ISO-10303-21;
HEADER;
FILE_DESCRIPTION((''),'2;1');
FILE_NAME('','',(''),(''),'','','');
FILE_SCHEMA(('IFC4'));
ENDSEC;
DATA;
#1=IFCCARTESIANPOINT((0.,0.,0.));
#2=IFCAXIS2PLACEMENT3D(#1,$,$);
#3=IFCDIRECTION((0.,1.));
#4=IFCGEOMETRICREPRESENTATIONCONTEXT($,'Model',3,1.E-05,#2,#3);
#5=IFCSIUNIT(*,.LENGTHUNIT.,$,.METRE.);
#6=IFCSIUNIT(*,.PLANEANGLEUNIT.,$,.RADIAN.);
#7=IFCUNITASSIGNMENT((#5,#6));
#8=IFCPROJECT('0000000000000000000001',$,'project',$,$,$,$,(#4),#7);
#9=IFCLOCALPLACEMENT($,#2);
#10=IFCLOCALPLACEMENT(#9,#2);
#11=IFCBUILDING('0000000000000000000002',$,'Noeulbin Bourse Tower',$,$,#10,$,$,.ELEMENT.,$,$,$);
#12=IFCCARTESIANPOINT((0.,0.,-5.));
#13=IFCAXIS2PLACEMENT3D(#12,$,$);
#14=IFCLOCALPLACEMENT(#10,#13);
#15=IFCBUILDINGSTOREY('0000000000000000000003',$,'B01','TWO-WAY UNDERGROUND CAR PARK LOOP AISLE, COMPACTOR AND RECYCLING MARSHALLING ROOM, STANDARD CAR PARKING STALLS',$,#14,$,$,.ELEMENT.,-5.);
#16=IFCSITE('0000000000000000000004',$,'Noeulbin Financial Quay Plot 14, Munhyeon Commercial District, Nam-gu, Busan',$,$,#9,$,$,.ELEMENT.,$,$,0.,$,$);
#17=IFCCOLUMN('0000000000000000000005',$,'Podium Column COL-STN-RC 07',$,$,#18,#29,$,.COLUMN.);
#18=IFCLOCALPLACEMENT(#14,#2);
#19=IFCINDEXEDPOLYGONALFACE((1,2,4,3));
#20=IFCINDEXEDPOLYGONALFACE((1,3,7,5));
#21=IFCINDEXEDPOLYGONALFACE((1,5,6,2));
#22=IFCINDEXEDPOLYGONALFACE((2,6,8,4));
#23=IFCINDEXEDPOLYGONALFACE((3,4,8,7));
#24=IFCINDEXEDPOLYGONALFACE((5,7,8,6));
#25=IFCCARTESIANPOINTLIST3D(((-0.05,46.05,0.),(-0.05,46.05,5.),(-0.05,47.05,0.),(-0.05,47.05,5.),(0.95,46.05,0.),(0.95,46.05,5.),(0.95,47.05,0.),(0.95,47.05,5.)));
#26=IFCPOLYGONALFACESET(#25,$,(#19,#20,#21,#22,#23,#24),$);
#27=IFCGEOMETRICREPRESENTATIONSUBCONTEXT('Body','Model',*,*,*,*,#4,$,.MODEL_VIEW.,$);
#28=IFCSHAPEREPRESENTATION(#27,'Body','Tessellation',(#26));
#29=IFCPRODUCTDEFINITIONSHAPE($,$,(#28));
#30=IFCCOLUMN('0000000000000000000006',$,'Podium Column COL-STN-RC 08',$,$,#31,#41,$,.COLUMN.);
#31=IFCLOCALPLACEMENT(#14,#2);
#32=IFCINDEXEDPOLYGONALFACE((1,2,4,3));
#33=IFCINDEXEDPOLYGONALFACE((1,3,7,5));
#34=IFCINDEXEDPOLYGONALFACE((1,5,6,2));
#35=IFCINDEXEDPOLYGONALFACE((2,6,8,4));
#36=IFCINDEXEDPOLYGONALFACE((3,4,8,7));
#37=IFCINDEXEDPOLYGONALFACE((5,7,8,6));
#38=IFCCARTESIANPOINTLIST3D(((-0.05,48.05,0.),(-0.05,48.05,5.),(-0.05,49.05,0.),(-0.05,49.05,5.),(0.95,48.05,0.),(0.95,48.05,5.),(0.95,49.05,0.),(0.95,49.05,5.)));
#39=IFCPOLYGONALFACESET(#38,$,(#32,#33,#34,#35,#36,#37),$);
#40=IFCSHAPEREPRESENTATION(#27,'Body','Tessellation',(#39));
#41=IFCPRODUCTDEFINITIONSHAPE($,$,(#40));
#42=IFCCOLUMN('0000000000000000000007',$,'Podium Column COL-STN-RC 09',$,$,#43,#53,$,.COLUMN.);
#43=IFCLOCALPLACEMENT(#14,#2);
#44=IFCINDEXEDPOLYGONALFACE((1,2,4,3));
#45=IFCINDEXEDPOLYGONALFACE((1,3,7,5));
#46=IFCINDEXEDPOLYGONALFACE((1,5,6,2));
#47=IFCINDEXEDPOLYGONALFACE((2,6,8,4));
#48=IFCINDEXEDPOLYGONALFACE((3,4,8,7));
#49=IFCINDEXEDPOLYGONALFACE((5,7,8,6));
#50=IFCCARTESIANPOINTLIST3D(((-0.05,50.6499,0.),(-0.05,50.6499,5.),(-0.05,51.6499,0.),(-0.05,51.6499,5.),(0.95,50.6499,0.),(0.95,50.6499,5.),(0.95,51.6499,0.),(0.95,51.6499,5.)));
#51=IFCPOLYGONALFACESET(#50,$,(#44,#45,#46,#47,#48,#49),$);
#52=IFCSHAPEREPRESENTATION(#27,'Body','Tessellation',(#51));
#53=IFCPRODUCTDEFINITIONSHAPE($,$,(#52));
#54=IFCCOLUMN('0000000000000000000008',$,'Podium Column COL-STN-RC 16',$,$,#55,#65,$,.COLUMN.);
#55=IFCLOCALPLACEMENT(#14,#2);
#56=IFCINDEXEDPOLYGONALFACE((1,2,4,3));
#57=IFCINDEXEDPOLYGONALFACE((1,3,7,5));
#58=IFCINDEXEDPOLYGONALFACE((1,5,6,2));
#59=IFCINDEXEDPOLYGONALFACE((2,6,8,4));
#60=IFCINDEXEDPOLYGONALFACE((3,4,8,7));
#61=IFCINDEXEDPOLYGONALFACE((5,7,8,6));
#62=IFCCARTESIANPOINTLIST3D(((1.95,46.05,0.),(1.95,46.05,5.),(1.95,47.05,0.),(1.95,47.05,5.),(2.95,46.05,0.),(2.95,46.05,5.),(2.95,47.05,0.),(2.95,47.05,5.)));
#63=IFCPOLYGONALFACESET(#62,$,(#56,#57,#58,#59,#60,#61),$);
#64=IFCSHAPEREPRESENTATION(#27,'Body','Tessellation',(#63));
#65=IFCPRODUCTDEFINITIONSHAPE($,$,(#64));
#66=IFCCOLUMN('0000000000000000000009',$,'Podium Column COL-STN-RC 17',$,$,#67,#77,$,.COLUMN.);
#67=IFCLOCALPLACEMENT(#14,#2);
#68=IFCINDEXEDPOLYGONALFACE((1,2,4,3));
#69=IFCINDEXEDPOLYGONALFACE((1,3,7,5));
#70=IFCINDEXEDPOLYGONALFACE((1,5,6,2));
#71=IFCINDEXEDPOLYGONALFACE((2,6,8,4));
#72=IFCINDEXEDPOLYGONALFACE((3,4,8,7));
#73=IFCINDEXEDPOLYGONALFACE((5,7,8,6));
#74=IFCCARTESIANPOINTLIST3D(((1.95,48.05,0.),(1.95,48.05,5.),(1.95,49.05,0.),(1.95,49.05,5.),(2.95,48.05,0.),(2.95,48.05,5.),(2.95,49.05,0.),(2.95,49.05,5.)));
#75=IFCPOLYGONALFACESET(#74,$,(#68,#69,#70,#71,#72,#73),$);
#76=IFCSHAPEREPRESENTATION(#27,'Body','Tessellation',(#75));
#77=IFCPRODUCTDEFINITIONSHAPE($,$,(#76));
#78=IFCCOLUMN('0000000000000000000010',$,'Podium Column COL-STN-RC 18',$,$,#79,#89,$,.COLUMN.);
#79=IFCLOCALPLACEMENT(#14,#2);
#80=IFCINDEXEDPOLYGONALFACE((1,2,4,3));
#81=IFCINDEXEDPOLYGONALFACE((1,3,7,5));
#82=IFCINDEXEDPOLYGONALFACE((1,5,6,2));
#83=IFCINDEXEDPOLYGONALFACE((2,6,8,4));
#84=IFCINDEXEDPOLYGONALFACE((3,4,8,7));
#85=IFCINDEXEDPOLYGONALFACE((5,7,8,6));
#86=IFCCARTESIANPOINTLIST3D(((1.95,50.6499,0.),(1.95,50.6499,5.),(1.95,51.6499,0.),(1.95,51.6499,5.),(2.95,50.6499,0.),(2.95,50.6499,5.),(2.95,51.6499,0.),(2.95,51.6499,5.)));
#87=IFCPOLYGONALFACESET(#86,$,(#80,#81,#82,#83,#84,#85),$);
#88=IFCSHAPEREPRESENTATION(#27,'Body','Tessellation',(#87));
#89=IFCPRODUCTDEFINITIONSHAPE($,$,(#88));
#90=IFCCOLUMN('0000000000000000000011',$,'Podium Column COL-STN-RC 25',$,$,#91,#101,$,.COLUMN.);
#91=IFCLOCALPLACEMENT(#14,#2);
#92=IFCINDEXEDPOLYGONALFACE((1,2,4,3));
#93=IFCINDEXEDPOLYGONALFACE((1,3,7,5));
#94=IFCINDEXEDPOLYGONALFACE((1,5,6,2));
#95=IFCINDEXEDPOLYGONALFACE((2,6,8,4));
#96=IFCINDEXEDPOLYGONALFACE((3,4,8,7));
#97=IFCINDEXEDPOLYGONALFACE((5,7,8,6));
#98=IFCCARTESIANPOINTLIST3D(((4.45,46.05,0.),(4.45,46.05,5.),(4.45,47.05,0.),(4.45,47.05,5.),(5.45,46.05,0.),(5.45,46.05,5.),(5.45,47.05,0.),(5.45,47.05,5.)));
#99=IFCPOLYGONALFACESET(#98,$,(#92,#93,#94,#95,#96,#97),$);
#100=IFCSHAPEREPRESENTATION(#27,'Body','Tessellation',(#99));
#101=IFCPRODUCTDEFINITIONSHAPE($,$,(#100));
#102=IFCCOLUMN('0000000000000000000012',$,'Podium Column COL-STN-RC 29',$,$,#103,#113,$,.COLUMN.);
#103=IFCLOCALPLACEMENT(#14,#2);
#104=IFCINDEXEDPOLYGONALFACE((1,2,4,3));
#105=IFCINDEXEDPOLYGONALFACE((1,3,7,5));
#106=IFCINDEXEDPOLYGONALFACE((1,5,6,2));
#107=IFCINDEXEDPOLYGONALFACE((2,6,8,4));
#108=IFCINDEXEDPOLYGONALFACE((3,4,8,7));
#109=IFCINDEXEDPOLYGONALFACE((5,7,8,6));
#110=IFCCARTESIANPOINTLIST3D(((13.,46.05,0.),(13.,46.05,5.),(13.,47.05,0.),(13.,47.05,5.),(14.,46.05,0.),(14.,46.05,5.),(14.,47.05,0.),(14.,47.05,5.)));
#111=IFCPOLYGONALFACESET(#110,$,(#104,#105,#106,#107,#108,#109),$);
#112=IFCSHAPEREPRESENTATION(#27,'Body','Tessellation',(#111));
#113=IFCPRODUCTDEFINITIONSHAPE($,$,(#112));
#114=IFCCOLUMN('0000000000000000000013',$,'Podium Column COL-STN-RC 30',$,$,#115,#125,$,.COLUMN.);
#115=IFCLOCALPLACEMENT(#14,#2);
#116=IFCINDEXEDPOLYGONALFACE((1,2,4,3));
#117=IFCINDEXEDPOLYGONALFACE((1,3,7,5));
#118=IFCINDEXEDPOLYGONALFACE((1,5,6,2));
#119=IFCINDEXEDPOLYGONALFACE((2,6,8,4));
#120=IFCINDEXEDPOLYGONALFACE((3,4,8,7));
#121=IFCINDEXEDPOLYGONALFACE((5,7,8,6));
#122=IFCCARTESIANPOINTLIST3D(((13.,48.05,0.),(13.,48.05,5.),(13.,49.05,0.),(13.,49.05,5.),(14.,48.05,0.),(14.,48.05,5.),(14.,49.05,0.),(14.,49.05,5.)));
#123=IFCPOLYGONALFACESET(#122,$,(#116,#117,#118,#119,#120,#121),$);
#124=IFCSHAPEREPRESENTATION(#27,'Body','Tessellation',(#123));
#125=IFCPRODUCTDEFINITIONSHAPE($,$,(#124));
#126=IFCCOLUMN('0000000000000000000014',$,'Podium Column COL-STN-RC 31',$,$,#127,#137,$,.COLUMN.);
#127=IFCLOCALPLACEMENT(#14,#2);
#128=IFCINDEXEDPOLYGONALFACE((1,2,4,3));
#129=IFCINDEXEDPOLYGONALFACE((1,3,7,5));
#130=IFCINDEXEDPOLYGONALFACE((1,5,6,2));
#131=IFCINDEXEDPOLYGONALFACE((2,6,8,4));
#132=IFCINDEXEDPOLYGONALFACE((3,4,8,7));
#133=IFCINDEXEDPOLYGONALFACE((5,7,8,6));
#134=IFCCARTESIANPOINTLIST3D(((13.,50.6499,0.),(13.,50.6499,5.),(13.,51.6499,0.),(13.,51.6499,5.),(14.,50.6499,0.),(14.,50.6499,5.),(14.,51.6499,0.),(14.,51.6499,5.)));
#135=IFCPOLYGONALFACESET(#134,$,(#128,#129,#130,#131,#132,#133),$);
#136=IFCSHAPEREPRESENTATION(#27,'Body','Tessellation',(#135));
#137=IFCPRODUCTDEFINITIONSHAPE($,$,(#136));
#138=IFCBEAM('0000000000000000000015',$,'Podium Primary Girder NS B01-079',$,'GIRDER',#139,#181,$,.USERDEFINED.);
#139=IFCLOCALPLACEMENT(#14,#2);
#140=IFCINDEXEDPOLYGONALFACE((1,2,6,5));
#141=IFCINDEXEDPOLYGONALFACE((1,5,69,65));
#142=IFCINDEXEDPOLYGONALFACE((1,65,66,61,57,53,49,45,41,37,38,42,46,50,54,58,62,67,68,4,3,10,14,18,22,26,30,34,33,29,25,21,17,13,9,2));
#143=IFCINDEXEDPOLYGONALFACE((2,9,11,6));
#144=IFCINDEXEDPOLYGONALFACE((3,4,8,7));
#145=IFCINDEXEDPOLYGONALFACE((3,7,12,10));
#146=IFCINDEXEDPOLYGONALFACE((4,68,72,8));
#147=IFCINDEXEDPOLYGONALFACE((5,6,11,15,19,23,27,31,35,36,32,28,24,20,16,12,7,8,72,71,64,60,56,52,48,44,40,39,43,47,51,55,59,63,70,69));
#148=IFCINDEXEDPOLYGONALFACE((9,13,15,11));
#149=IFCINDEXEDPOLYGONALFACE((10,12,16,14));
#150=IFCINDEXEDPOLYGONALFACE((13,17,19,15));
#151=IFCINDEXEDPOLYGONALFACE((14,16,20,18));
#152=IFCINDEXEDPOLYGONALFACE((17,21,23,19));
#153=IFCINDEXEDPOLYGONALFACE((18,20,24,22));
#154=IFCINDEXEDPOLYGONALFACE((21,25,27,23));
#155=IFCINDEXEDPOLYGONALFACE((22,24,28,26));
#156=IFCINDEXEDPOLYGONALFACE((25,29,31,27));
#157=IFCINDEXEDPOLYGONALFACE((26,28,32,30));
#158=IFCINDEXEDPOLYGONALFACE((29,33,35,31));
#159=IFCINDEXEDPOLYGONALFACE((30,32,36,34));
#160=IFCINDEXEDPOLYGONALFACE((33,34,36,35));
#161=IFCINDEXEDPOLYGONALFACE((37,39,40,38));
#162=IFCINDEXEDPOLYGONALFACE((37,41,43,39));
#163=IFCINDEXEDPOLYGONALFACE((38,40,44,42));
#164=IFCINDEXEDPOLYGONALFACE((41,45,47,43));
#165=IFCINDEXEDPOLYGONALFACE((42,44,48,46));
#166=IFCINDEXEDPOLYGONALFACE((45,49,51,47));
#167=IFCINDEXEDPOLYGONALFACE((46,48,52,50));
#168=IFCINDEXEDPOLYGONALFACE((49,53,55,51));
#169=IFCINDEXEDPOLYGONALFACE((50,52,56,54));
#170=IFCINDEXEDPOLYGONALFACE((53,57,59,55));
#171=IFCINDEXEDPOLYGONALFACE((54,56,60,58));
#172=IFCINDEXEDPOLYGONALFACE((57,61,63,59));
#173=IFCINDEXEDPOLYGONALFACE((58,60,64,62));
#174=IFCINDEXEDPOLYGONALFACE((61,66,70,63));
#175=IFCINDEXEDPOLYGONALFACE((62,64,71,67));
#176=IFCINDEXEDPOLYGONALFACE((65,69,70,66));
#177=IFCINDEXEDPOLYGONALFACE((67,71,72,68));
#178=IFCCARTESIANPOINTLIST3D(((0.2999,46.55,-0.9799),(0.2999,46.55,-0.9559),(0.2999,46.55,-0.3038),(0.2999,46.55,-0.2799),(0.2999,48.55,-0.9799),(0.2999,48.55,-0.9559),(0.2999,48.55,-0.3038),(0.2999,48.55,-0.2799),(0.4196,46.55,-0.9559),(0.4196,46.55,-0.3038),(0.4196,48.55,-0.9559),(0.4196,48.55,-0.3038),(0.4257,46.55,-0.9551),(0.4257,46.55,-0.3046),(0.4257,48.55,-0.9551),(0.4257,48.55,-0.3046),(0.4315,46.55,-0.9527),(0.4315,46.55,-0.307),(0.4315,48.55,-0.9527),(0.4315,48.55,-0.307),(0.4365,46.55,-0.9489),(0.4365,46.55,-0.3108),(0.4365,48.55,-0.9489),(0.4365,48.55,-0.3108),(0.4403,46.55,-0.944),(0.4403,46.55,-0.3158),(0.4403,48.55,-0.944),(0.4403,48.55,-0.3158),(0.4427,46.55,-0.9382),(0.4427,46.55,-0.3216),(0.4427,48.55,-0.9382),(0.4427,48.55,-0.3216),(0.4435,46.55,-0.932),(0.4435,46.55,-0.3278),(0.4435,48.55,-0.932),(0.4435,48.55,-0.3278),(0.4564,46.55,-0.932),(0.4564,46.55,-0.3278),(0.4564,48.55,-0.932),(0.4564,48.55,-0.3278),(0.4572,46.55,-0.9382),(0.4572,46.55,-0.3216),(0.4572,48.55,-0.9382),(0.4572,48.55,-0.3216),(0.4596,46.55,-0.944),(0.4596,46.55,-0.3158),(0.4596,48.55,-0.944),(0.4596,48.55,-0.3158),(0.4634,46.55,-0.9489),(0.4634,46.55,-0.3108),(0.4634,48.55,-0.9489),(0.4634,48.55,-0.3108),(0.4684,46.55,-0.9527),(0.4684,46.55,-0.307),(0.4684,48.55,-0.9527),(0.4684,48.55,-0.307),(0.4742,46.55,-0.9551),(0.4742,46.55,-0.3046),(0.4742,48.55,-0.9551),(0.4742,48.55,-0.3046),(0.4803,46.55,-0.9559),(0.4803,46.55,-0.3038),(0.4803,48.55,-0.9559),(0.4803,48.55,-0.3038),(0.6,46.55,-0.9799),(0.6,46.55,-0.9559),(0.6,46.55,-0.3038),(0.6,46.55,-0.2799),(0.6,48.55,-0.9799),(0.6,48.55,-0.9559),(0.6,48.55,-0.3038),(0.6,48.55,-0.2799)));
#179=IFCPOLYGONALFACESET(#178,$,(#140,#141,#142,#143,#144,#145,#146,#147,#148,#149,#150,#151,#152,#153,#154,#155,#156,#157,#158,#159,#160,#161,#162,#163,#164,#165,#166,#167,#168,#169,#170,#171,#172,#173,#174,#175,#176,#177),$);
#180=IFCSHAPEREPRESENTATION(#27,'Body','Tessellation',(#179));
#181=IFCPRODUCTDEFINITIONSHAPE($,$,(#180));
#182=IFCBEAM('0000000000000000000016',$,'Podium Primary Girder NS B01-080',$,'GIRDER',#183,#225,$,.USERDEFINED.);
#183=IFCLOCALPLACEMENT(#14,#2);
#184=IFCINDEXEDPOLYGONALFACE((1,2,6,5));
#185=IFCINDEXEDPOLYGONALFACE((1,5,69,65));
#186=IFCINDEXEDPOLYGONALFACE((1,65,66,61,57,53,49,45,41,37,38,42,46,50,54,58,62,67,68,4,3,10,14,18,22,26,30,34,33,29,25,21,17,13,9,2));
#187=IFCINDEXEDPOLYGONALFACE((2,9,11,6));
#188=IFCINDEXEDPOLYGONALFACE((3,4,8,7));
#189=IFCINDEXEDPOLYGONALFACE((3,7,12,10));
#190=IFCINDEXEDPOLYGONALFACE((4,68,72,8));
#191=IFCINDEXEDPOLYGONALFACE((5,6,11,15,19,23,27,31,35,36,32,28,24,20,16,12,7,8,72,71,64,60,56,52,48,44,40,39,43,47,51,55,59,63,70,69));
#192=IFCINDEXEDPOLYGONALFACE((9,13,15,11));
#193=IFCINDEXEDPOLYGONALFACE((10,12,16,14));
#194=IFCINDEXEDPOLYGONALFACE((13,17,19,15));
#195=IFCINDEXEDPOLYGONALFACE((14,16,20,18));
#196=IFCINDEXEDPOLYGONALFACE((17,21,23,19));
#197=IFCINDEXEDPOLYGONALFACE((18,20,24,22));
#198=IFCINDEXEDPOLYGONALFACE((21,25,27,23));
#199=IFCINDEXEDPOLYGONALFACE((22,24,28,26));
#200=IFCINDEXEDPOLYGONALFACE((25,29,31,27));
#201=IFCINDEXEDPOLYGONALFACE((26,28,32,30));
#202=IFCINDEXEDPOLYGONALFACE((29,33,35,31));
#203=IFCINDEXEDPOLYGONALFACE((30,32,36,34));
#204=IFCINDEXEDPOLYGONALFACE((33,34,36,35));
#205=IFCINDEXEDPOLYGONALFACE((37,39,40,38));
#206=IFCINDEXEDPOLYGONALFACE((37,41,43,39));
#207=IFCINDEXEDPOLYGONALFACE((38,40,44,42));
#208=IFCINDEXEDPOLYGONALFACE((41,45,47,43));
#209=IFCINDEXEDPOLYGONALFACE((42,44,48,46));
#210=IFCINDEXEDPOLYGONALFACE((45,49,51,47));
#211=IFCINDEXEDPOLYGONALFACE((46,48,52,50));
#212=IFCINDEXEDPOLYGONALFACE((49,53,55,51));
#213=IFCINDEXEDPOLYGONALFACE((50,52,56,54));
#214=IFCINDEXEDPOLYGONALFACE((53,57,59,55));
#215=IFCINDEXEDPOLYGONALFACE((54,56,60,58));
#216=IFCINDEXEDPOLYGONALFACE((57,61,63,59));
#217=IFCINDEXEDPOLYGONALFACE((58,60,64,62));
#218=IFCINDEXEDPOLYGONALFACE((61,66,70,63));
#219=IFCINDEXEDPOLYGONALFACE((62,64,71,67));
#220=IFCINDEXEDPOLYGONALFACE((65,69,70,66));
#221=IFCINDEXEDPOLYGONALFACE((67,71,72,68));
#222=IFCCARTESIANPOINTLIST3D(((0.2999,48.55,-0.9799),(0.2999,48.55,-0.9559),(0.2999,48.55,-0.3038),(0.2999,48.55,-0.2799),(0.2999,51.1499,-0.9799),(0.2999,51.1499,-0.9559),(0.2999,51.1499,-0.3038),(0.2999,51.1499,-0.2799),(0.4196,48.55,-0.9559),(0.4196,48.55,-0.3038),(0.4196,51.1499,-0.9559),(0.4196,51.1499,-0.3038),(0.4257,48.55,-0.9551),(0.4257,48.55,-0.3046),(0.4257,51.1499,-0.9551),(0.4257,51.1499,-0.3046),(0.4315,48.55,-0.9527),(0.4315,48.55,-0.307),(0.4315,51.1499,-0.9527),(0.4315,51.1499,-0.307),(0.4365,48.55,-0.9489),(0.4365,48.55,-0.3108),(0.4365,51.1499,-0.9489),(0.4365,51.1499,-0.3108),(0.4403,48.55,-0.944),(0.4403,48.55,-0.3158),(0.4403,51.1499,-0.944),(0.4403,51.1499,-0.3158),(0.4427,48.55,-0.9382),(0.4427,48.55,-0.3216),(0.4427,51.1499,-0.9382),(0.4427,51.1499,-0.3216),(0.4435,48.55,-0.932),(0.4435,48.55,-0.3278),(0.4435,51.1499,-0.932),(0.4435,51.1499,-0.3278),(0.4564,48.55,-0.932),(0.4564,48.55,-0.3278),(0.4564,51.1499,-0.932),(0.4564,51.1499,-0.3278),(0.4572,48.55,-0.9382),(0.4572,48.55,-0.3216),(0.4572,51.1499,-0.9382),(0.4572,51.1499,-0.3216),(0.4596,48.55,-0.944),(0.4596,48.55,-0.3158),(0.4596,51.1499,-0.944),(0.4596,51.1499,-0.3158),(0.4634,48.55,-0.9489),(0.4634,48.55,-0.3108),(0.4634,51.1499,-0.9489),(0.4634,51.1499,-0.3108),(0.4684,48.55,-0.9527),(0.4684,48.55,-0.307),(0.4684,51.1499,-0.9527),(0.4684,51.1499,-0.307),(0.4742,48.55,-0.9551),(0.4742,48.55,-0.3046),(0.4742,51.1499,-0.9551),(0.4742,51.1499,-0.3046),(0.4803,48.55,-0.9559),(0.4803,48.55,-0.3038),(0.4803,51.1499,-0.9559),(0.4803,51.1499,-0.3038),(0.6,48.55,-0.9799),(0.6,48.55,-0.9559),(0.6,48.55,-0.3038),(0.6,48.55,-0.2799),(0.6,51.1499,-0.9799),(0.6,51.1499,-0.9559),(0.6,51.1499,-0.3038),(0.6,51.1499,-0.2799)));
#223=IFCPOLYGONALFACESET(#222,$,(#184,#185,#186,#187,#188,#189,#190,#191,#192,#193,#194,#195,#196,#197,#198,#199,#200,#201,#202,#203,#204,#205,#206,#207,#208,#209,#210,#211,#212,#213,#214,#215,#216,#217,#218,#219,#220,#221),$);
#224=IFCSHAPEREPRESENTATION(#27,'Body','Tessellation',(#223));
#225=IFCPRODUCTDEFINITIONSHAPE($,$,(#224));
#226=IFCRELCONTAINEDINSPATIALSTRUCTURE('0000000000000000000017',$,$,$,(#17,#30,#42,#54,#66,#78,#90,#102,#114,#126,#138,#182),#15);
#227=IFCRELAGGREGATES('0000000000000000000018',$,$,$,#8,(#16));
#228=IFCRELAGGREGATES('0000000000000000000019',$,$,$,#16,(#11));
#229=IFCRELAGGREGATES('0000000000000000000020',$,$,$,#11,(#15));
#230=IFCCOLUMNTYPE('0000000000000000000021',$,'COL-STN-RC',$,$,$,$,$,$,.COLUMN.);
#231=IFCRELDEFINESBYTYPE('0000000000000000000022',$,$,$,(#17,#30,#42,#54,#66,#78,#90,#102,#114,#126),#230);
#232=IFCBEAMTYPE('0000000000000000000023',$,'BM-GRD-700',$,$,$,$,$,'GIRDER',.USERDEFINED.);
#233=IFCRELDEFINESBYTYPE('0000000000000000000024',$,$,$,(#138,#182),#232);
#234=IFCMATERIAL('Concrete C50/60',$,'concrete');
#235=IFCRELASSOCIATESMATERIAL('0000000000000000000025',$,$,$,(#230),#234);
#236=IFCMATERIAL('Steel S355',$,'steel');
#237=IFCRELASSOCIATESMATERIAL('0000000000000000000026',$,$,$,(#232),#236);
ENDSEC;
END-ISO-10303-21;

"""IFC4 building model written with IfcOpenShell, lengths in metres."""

from ifc_helpers import new_model, si_unit, direction, frame, origin, origin_2d, place, context, subcontext, project, spatial, rectangle, i_section, extrude, material, material_profile, profile_set, type_object, element, save


model = new_model("IFC4")

# Units and contexts
model_context = context("Model", 3, precision=1e-05, world=origin(), true_north=direction((0.0, 1.0)))
body_context = subcontext(model_context, "Body", "Model", "MODEL_VIEW")
ifc_project = project(units=[si_unit("LENGTHUNIT", "METRE"), si_unit("PLANEANGLEUNIT", "RADIAN")], contexts=[model_context])

# Site, building, storey
site_placement = place(None, origin())
site = spatial("IfcSite", under=ifc_project, at=site_placement, Name="Noeulbin Financial Quay Plot 14, Munhyeon Commercial District, Nam-gu, Busan", CompositionType="ELEMENT", RefElevation=0.0)
building_placement = place(site_placement, origin())
building = spatial("IfcBuilding", under=site, at=building_placement, Name="Noeulbin Bourse Tower", CompositionType="ELEMENT")
storey_placement = place(building_placement, frame((0.0, 0.0, -5.0)))
storey = spatial("IfcBuildingStorey", under=building, at=storey_placement, Name="B01", Description="TWO-WAY UNDERGROUND CAR PARK LOOP AISLE, COMPACTOR AND RECYCLING MARSHALLING ROOM, STANDARD CAR PARKING STALLS", CompositionType="ELEMENT", Elevation=-5.0)

# Columns
ifc_material_1 = material(Name="Concrete C50/60", Category="concrete")
ifc_material_profile_1 = material_profile(ifc_material_1, rectangle(XDim=1.0, YDim=1.0, at=origin_2d()), Name="RC-COL-1000x1000", Category="LoadBearing")
ifc_profile_set_1 = profile_set([ifc_material_profile_1], Name="Concrete C50/60")
column_type = type_object("IfcColumnType", Name="COL-STN-RC", PredefinedType="COLUMN", material=ifc_profile_set_1)
for number, where, z_axis, x_axis, name in (
    (1, (0.45, 46.55, 0.0), (0.0, 0.0, 1.0), (1.0, 0.0, 0.0), "Podium Column COL-STN-RC 07"),
    (2, (0.45, 48.55, 0.0), (0.0, 0.0, 1.0), (1.0, 0.0, 0.0), "Podium Column COL-STN-RC 08"),
    (3, (0.45, 51.1499, 0.0), (0.0, 0.0, 1.0), (1.0, 0.0, 0.0), "Podium Column COL-STN-RC 09"),
    (4, (2.45, 46.55, 0.0), (0.0, 0.0, 1.0), (1.0, 0.0, 0.0), "Podium Column COL-STN-RC 16"),
    (5, (2.45, 48.55, 0.0), (0.0, 0.0, 1.0), (1.0, 0.0, 0.0), "Podium Column COL-STN-RC 17"),
    (6, (2.45, 51.1499, 0.0), (0.0, 0.0, 1.0), (1.0, 0.0, 0.0), "Podium Column COL-STN-RC 18"),
    (7, (4.95, 46.55, 0.0), (0.0, 0.0, 1.0), (1.0, 0.0, 0.0), "Podium Column COL-STN-RC 25"),
    (8, (13.5, 46.55, 0.0), (0.0, 0.0, 1.0), (1.0, 0.0, 0.0), "Podium Column COL-STN-RC 29"),
    (9, (13.5, 48.55, 0.0), (0.0, 0.0, 1.0), (1.0, 0.0, 0.0), "Podium Column COL-STN-RC 30"),
    (10, (13.5, 51.1499, 0.0), (0.0, 0.0, 1.0), (1.0, 0.0, 0.0), "Podium Column COL-STN-RC 31"),
):
    element("IfcColumn", number, at=place(storey_placement, frame(where, z_axis=z_axis, x_axis=x_axis)), inside=storey, type_object=column_type, Name=name, PredefinedType="COLUMN", context=body_context, shape_type="SweptSolid", body=[
        extrude(rectangle(XDim=1.0, YDim=1.0, at=origin_2d()), origin(), (0.0, 0.0, 1.0), 5.0),
    ])

# Beams
ifc_material_2 = material(Name="Steel S355", Category="steel")
ifc_material_profile_2 = material_profile(ifc_material_2, i_section(OverallWidth=0.3, OverallDepth=0.7, WebThickness=0.0129, FlangeThickness=0.0239, FilletRadius=0.0239, at=origin_2d()), Name="H-700x300x13x24", Category="LoadBearing")
ifc_profile_set_2 = profile_set([ifc_material_profile_2], Name="Steel S355")
beam_type_1 = type_object("IfcBeamType", Name="BM-GRD-700", ElementType="GIRDER", PredefinedType="USERDEFINED", material=ifc_profile_set_2)
beam_1_placement = place(storey_placement, frame((0.45, 46.55, -0.6299), z_axis=(0.0, 1.0, 0.0), x_axis=(-1.0, 0.0, 0.0)))
element("IfcBeam", 11, at=beam_1_placement, inside=storey, type_object=beam_type_1, Name="Podium Primary Girder NS B01-079", ObjectType="GIRDER", PredefinedType="USERDEFINED", context=body_context, shape_type="SweptSolid", body=[
    extrude(i_section(OverallWidth=0.3, OverallDepth=0.7, WebThickness=0.0129, FlangeThickness=0.0239, FilletRadius=0.0239, at=origin_2d()), origin(), (0.0, 0.0, 1.0), 2.0),
])
beam_2_placement = place(storey_placement, frame((0.45, 48.55, -0.6299), z_axis=(0.0, 1.0, 0.0), x_axis=(-1.0, 0.0, 0.0)))
element("IfcBeam", 12, at=beam_2_placement, inside=storey, type_object=beam_type_1, Name="Podium Primary Girder NS B01-080", ObjectType="GIRDER", PredefinedType="USERDEFINED", context=body_context, shape_type="SweptSolid", body=[
    extrude(i_section(OverallWidth=0.3, OverallDepth=0.7, WebThickness=0.0129, FlangeThickness=0.0239, FilletRadius=0.0239, at=origin_2d()), origin(), (0.0, 0.0, 1.0), 2.5999),
])

save(model, "model.ifc")
